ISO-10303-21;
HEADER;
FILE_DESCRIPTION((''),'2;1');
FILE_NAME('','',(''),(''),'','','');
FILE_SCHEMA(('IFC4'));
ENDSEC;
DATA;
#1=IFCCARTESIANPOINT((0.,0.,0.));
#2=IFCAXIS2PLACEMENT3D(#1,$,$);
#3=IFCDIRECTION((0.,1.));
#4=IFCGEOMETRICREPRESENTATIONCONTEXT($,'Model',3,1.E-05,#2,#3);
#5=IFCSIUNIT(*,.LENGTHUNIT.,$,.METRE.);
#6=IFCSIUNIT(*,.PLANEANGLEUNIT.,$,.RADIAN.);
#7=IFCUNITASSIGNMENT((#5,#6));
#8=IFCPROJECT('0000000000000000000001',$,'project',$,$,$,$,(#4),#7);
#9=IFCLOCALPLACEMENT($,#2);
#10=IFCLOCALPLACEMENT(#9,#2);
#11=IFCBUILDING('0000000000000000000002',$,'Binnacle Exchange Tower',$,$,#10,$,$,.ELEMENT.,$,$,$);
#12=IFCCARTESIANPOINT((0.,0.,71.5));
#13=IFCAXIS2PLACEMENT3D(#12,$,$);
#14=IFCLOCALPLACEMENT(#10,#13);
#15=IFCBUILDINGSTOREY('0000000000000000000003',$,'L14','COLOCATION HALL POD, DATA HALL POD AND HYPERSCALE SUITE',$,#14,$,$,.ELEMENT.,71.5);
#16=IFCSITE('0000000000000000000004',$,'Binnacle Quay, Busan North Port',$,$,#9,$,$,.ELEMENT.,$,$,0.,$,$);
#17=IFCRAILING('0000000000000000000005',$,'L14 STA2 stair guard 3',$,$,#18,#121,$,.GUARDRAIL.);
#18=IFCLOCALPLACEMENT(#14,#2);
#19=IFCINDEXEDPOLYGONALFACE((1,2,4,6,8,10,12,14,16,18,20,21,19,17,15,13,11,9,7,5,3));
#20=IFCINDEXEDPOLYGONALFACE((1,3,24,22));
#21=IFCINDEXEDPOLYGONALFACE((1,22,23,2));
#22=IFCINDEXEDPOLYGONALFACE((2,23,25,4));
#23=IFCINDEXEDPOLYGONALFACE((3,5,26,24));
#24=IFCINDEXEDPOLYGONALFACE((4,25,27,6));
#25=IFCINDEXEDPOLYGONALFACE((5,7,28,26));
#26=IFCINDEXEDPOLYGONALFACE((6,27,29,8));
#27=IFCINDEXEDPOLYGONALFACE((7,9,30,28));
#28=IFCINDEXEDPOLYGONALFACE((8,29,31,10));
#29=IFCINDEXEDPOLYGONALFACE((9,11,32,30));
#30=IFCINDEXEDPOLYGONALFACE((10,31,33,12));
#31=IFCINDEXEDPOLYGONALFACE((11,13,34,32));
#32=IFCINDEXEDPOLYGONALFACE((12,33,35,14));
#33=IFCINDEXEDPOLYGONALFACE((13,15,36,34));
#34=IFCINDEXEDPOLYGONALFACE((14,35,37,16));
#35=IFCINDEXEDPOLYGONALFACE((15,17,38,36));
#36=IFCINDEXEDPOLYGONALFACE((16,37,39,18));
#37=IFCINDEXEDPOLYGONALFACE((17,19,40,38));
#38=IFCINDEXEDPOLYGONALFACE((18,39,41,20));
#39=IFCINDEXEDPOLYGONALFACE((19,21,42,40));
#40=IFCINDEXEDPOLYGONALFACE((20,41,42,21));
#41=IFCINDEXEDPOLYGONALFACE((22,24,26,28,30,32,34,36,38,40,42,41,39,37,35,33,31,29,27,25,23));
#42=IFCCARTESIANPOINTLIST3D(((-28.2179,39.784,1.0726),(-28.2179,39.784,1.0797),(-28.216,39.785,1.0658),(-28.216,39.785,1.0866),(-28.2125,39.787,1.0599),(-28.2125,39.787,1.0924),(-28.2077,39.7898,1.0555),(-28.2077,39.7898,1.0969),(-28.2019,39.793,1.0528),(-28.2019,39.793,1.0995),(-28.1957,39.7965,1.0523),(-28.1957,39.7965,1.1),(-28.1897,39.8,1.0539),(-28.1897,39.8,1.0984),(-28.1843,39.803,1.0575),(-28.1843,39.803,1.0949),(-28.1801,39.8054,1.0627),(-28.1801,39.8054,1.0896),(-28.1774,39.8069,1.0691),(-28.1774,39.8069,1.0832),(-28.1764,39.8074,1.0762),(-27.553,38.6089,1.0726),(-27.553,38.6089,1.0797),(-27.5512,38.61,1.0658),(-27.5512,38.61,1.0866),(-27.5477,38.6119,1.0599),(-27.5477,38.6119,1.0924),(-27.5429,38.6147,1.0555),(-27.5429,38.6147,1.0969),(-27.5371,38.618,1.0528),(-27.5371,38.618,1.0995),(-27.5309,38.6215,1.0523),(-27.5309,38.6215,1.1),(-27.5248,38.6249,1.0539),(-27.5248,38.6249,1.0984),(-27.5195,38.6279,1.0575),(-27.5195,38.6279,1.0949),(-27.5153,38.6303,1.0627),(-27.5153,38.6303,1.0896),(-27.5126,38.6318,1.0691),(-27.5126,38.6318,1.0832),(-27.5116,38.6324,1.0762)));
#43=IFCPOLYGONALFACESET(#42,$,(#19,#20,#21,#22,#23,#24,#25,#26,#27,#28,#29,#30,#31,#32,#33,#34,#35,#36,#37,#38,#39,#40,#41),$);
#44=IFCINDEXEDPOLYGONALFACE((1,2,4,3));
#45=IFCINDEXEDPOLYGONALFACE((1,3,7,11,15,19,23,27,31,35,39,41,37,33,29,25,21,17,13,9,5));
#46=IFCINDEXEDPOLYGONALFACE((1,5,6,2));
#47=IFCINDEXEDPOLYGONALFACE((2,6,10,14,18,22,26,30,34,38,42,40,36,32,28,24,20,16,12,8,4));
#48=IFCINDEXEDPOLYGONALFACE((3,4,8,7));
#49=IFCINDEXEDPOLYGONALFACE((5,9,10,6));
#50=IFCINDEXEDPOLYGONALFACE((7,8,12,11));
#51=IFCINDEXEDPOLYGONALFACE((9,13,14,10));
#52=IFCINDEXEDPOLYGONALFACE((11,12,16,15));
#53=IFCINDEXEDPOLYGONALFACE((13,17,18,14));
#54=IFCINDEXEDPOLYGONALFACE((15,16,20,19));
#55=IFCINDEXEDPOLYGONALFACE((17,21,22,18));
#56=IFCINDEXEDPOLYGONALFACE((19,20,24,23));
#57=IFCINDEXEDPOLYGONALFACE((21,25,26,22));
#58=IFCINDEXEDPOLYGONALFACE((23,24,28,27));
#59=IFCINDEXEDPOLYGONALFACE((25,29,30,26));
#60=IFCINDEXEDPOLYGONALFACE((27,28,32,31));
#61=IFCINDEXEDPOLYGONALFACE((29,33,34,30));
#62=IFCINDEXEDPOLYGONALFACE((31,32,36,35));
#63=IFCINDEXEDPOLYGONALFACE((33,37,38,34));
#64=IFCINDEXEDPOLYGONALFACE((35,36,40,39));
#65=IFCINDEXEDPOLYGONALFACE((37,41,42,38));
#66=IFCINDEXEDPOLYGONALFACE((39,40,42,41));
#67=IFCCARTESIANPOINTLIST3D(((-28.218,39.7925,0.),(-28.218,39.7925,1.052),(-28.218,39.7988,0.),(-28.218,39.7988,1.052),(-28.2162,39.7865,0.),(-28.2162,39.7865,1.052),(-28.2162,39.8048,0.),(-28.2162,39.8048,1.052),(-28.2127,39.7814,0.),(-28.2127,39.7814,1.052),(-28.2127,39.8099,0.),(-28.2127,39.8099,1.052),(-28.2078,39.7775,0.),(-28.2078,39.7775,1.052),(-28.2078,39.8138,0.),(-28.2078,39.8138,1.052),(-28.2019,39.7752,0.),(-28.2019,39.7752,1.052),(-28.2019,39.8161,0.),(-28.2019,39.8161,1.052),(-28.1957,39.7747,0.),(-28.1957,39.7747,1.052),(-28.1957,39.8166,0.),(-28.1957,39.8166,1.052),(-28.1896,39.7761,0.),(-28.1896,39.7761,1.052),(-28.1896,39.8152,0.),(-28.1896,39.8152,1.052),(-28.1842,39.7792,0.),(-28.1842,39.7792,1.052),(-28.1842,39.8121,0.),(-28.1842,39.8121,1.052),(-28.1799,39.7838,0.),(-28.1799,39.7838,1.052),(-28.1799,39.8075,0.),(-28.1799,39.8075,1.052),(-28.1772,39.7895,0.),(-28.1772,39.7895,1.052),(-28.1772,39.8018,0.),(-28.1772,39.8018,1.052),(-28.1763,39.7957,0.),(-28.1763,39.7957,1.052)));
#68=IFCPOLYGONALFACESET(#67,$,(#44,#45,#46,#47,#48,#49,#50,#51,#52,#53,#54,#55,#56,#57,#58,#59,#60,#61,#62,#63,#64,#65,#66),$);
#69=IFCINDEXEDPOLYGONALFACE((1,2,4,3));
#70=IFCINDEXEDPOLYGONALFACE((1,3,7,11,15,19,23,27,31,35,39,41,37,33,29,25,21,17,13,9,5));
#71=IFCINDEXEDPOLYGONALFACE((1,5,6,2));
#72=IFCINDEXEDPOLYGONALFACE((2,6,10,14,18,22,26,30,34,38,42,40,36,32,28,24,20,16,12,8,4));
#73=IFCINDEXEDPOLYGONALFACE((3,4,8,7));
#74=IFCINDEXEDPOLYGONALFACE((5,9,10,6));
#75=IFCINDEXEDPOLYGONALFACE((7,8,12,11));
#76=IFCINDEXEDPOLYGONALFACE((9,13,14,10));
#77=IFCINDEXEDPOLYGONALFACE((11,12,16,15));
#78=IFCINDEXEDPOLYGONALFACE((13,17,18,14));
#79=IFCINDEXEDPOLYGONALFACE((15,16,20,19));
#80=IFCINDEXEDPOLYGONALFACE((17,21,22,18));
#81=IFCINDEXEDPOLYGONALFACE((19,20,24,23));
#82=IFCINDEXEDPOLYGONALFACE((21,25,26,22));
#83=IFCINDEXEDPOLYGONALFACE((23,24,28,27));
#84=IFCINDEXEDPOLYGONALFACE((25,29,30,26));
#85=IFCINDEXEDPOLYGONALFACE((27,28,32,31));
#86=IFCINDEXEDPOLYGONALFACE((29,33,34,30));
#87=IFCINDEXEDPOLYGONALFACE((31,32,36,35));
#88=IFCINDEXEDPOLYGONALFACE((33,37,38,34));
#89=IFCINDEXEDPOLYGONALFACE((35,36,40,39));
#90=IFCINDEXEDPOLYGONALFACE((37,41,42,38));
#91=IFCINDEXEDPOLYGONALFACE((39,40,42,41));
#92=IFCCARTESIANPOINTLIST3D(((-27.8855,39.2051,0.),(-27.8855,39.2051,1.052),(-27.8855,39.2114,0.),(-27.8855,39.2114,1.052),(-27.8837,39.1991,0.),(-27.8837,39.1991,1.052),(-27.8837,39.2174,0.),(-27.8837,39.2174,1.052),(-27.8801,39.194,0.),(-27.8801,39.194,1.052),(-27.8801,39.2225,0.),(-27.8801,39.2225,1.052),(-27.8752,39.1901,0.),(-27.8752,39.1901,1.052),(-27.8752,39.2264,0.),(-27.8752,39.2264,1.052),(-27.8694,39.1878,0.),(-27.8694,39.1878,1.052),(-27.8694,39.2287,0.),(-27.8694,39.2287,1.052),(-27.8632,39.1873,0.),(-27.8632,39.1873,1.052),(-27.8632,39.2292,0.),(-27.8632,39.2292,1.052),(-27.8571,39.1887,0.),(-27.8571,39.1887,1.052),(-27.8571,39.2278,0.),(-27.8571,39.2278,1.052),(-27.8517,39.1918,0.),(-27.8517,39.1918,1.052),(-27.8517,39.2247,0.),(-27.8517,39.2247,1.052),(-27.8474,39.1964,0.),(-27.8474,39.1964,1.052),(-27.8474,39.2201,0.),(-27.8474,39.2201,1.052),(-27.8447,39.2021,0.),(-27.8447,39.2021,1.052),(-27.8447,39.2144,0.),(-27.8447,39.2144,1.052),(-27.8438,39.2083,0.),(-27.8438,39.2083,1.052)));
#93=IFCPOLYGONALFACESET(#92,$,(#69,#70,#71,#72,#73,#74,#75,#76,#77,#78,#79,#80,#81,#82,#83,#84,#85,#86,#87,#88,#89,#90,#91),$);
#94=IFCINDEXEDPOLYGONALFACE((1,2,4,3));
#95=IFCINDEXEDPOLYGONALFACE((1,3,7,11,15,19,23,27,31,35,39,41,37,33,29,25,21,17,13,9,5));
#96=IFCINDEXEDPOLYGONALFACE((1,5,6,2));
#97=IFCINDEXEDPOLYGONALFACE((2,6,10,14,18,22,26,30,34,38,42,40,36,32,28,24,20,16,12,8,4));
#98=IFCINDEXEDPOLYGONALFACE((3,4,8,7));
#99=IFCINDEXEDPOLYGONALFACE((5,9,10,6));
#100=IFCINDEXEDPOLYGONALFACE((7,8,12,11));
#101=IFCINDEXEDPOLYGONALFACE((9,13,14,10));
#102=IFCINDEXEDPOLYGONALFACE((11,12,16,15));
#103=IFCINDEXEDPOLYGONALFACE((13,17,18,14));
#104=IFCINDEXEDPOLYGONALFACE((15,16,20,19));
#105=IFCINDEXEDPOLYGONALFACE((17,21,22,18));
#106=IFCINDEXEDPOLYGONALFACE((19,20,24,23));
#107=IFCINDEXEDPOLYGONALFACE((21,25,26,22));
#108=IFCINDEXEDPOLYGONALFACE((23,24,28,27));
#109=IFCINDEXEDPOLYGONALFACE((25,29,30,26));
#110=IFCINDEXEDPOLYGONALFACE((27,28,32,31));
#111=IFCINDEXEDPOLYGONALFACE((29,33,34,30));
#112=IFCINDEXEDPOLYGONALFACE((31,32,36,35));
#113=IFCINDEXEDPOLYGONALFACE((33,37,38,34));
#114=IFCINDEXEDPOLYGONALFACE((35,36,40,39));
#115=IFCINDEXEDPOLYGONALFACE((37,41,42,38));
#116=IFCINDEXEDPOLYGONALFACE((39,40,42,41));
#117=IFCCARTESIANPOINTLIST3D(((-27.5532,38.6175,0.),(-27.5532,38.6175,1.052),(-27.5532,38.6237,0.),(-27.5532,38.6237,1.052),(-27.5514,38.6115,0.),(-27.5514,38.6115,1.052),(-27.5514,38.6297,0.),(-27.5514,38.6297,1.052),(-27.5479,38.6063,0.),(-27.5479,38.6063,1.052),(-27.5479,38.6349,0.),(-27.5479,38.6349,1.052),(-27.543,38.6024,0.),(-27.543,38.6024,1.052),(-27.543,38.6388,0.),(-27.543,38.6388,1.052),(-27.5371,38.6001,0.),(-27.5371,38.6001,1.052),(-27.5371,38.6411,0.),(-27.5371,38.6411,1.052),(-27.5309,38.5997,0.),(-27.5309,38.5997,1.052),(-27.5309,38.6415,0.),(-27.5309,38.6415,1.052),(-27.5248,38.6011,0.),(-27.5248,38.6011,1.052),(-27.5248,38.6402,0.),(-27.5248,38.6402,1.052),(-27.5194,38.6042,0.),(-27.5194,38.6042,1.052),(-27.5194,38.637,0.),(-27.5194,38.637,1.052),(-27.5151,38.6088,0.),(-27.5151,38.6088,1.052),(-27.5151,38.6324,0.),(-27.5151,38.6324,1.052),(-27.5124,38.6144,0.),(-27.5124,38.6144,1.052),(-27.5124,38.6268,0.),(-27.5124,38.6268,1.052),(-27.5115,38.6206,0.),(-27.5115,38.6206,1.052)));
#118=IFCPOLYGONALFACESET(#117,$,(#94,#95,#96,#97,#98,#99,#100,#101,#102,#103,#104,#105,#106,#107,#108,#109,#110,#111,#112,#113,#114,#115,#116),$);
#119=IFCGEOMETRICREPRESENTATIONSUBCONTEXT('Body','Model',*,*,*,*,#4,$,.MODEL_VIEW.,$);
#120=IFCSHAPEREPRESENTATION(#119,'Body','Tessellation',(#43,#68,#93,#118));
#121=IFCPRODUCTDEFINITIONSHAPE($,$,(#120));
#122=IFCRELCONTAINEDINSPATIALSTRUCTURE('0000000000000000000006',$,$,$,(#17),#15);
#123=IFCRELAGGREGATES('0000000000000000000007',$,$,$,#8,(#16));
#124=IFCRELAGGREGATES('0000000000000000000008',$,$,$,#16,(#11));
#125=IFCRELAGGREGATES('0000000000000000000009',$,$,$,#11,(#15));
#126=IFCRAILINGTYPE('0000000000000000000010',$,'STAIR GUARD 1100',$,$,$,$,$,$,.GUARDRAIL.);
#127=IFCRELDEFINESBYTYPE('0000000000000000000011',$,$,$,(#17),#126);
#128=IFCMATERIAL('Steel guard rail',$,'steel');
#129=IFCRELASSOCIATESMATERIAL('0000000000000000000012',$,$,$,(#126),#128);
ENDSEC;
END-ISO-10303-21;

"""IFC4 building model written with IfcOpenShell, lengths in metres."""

from ifc_helpers import new_model, si_unit, direction, frame, origin, origin_2d, place, context, subcontext, project, spatial, circle, extrude, material, type_object, element, save


model = new_model("IFC4")

# Units and contexts
model_context = context("Model", 3, precision=1e-05, world=origin(), true_north=direction((0.0, 1.0)))
body_context = subcontext(model_context, "Body", "Model", "MODEL_VIEW")
ifc_project = project(units=[si_unit("LENGTHUNIT", "METRE"), si_unit("PLANEANGLEUNIT", "RADIAN")], contexts=[model_context])

# Site, building, storey
site_placement = place(None, origin())
site = spatial("IfcSite", under=ifc_project, at=site_placement, Name="Binnacle Quay, Busan North Port", CompositionType="ELEMENT", RefElevation=0.0)
building_placement = place(site_placement, origin())
building = spatial("IfcBuilding", under=site, at=building_placement, Name="Binnacle Exchange Tower", CompositionType="ELEMENT")
storey_placement = place(building_placement, frame((0.0, 0.0, 71.5)))
storey = spatial("IfcBuildingStorey", under=building, at=storey_placement, Name="L14", Description="COLOCATION HALL POD, DATA HALL POD AND HYPERSCALE SUITE", CompositionType="ELEMENT", Elevation=71.5)

# Railing
ifc_material_1 = material(Name="Steel guard rail", Category="steel")
railing_type_1 = type_object("IfcRailingType", Name="STAIR GUARD 1100", PredefinedType="GUARDRAIL", material=ifc_material_1)
railing_1_placement = place(storey_placement, frame((-28.1973, 39.7957, 0.0)))
element("IfcRailing", 1, at=railing_1_placement, inside=storey, type_object=railing_type_1, Name="L14 STA2 stair guard 3", PredefinedType="GUARDRAIL", context=body_context, shape_type="SweptSolid", body=[
    extrude(circle(Radius=0.0239, at=origin_2d()), frame((0.0, 0.0, 1.0762), z_axis=(0.492415, -0.870361, 0.0), x_axis=(0.870361, 0.492415, 0.0)), (0.0, 0.0, 1.0), 1.3501),
    extrude(circle(Radius=0.021, at=origin_2d()), origin(), (0.0, 0.0, 1.0), 1.052),
    extrude(circle(Radius=0.021, at=origin_2d()), frame((0.3325, -0.5874, 0.0)), (0.0, 0.0, 1.0), 1.052),
    extrude(circle(Radius=0.021, at=origin_2d()), frame((0.6648, -1.175, 0.0)), (0.0, 0.0, 1.0), 1.052),
])

save(model, "model.ifc")
